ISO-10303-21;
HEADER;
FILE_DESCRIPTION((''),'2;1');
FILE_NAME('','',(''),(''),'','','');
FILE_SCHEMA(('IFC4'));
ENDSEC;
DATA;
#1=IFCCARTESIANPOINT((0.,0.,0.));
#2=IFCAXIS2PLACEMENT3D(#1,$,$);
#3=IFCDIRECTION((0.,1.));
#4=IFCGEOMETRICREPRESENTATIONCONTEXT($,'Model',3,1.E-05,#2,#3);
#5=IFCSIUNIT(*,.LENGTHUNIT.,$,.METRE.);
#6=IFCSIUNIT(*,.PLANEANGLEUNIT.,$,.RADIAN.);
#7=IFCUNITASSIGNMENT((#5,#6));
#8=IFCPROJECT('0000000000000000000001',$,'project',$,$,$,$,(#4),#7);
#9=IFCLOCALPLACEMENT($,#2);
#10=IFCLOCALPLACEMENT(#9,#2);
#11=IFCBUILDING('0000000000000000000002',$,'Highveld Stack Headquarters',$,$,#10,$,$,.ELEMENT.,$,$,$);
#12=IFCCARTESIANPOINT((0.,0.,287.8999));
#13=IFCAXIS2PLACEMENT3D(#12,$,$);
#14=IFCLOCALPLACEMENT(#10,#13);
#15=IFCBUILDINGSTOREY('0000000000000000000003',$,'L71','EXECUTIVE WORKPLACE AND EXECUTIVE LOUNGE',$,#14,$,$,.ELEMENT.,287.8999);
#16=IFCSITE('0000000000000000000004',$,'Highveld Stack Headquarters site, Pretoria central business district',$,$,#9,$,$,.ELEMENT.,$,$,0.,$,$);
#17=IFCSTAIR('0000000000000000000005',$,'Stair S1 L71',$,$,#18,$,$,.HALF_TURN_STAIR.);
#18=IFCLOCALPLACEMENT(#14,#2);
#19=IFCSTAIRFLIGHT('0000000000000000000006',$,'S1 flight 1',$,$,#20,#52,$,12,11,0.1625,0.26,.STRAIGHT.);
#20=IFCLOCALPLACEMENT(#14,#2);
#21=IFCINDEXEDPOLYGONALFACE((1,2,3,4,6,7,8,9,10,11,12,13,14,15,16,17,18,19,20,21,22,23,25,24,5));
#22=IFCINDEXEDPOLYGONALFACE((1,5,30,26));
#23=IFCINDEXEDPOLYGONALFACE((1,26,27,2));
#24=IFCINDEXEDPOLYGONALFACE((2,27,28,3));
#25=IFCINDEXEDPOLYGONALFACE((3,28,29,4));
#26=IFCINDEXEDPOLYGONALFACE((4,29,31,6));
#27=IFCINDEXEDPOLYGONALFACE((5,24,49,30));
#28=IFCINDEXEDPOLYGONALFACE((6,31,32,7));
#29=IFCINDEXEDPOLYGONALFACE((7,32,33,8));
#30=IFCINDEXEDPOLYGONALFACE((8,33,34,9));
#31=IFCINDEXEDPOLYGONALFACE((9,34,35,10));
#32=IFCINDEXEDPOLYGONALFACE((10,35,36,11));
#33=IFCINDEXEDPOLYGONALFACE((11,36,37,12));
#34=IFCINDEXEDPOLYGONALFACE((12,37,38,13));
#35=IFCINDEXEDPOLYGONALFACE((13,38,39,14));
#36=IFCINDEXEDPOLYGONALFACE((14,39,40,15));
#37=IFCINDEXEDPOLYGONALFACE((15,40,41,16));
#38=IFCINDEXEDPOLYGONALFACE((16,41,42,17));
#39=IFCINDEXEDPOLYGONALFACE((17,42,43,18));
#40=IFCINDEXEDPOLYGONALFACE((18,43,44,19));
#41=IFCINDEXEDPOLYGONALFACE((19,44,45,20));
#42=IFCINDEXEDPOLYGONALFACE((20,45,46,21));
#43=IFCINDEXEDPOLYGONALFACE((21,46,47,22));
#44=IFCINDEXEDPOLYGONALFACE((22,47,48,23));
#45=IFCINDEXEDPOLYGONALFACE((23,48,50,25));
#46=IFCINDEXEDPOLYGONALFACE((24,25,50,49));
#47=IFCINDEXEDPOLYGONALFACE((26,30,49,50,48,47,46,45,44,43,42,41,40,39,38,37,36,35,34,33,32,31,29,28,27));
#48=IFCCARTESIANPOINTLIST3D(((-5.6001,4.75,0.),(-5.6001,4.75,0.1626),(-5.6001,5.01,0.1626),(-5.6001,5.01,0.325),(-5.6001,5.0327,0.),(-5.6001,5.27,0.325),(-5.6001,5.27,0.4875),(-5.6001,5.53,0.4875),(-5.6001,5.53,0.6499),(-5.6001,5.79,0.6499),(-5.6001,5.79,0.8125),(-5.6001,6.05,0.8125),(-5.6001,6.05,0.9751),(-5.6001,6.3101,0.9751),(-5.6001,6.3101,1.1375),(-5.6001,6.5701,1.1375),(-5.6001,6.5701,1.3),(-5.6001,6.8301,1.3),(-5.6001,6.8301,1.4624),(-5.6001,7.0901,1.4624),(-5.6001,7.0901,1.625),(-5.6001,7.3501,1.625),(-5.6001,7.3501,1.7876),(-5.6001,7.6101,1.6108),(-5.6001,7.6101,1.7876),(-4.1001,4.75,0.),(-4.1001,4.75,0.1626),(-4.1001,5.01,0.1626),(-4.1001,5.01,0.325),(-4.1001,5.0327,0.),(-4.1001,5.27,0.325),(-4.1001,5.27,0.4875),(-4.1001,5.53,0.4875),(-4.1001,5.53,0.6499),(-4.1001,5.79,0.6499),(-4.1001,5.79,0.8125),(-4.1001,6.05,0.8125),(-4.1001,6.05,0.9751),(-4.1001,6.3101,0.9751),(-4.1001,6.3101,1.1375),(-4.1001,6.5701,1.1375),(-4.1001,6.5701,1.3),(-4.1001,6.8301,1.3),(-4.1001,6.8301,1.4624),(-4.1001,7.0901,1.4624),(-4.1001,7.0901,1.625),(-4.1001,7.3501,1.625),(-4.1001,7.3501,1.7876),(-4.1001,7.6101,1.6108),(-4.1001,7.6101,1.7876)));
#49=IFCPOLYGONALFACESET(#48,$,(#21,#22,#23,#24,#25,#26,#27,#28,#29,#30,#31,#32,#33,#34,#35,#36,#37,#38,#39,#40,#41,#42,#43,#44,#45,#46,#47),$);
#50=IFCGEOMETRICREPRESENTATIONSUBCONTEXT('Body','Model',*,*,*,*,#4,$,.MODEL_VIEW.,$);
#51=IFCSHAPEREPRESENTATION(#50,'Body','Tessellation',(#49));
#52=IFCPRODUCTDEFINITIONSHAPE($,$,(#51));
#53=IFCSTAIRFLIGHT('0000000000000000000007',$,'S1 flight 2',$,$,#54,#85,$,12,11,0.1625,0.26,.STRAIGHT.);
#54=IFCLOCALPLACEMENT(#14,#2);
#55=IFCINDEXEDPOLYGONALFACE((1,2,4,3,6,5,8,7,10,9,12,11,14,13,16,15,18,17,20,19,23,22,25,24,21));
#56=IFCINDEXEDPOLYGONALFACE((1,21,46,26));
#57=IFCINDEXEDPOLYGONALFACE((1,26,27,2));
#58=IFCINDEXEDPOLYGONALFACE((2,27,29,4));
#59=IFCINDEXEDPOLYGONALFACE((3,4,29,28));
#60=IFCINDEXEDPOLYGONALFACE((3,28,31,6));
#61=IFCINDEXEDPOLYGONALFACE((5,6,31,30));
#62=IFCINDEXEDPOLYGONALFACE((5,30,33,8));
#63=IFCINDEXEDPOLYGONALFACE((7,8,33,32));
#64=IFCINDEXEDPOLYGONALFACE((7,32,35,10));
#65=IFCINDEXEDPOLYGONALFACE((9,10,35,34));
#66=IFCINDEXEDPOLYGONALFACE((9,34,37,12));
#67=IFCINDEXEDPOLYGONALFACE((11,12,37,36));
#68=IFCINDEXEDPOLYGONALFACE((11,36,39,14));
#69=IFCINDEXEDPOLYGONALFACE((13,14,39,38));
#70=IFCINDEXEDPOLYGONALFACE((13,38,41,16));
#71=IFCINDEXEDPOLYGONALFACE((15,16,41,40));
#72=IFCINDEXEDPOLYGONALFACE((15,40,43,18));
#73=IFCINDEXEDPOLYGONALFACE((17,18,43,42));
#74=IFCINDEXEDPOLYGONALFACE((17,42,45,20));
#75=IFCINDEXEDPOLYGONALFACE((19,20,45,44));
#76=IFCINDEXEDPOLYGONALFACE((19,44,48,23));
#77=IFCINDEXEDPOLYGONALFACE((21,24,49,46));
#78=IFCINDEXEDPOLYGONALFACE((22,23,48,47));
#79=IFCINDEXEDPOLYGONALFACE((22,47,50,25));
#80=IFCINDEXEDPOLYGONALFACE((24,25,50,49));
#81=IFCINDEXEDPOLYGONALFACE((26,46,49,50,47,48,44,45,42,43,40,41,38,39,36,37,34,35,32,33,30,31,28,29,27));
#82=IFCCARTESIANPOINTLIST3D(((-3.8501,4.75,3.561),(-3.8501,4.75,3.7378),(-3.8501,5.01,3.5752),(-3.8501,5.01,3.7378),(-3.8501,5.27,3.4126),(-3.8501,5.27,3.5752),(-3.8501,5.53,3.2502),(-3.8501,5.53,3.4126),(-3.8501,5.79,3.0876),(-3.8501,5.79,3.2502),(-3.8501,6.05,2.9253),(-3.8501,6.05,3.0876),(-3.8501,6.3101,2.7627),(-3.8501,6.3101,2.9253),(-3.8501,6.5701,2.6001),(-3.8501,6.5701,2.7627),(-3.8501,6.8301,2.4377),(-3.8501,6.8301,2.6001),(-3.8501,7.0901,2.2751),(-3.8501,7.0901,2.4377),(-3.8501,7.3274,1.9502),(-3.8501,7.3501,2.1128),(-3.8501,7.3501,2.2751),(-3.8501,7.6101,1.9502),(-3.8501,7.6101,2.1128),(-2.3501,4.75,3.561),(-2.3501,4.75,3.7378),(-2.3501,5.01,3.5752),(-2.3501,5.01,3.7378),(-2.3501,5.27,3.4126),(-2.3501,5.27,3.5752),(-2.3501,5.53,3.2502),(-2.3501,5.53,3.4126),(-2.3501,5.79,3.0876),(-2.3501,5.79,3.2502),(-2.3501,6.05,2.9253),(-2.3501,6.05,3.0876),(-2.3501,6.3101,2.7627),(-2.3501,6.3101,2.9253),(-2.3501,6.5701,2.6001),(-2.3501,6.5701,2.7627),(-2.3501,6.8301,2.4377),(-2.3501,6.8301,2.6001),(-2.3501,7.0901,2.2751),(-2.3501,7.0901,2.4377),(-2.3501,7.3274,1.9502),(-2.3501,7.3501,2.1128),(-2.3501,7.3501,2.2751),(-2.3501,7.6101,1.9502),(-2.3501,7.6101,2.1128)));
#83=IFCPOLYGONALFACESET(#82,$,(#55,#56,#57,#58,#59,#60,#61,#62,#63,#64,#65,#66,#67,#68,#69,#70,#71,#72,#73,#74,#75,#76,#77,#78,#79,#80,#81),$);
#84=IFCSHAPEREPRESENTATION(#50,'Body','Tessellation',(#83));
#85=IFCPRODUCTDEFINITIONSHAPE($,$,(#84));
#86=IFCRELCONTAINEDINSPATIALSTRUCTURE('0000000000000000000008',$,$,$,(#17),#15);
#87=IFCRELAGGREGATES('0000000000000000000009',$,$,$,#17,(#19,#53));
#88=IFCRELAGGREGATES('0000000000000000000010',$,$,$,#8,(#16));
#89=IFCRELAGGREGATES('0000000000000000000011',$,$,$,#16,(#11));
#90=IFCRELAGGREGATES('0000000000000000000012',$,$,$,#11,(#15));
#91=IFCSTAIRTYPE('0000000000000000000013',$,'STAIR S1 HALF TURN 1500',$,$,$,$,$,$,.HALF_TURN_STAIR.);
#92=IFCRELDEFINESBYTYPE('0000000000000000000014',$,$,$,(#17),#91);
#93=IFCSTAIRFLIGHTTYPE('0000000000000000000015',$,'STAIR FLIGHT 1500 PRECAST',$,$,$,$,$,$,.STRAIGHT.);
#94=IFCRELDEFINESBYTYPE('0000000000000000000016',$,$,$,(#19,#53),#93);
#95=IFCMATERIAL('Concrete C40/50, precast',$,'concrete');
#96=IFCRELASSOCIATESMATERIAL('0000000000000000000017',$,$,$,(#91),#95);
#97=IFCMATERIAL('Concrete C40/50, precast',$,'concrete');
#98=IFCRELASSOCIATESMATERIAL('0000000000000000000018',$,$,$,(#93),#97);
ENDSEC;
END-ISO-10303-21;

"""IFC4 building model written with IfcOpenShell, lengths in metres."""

from ifc_helpers import new_model, si_unit, direction, frame, origin, place, context, subcontext, project, spatial, polyline, outline, extrude, material, type_object, element, aggregate, save


model = new_model("IFC4")

# Units and contexts
model_context = context("Model", 3, precision=1e-05, world=origin(), true_north=direction((0.0, 1.0)))
body_context = subcontext(model_context, "Body", "Model", "MODEL_VIEW")
ifc_project = project(units=[si_unit("LENGTHUNIT", "METRE"), si_unit("PLANEANGLEUNIT", "RADIAN")], contexts=[model_context])

# Site, building, storey
site_placement = place(None, origin())
site = spatial("IfcSite", under=ifc_project, at=site_placement, Name="Highveld Stack Headquarters site, Pretoria central business district", CompositionType="ELEMENT", RefElevation=0.0)
building_placement = place(site_placement, origin())
building = spatial("IfcBuilding", under=site, at=building_placement, Name="Highveld Stack Headquarters", CompositionType="ELEMENT")
storey_placement = place(building_placement, frame((0.0, 0.0, 287.8999)))
storey = spatial("IfcBuildingStorey", under=building, at=storey_placement, Name="L71", Description="EXECUTIVE WORKPLACE AND EXECUTIVE LOUNGE", CompositionType="ELEMENT", Elevation=287.8999)

# Stair, stair flights
ifc_material_1 = material(Name="Concrete C40/50, precast", Category="concrete")
stair_type = type_object("IfcStairType", Name="STAIR S1 HALF TURN 1500", PredefinedType="HALF_TURN_STAIR", material=ifc_material_1)
stair_placement = place(storey_placement, origin())
stair = element("IfcStair", 1, at=stair_placement, inside=storey, type_object=stair_type, Name="Stair S1 L71", PredefinedType="HALF_TURN_STAIR")
ifc_material_2 = material(Name="Concrete C40/50, precast", Category="concrete")
stair_flight_type = type_object("IfcStairFlightType", Name="STAIR FLIGHT 1500 PRECAST", PredefinedType="STRAIGHT", material=ifc_material_2)
stair_flight_1_placement = place(storey_placement, frame((-4.8501, 4.75, 0.0), z_axis=(0.0, 0.0, 1.0), x_axis=(0.0, 1.0, 0.0)))
stair_flight_1 = element("IfcStairFlight", 2, at=stair_flight_1_placement, type_object=stair_flight_type, Name="S1 flight 1", NumberOfRisers=12, NumberOfTreads=11, PredefinedType="STRAIGHT", RiserHeight=0.1625, TreadLength=0.26, context=body_context, shape_type="SweptSolid", body=[
    extrude(outline(polyline([(0.0, 0.0), (0.0, 0.1626), (0.26, 0.1626), (0.26, 0.325), (0.52, 0.325), (0.52, 0.4875), (0.78, 0.4875), (0.78, 0.6499), (1.04, 0.6499), (1.04, 0.8125), (1.3, 0.8125), (1.3, 0.9751), (1.5601, 0.9751), (1.5601, 1.1375), (1.8201, 1.1375), (1.8201, 1.3), (2.0801, 1.3), (2.0801, 1.4624), (2.3401, 1.4624), (2.3401, 1.625), (2.6001, 1.625), (2.6001, 1.7876), (2.8601, 1.7876), (2.8601, 1.95), (2.8601, 1.6108), (0.2827, 0.0), (0.0, 0.0)])), frame((0.0, 0.75, 0.0), z_axis=(0.0, -1.0, 0.0), x_axis=(1.0, 0.0, 0.0)), (0.0, 0.0, 1.0), 1.5),
])
stair_flight_2_placement = place(storey_placement, frame((-3.1001, 7.6101, 1.9502), z_axis=(0.0, 0.0, 1.0), x_axis=(0.0, -1.0, 0.0)))
stair_flight_2 = element("IfcStairFlight", 3, at=stair_flight_2_placement, type_object=stair_flight_type, Name="S1 flight 2", NumberOfRisers=12, NumberOfTreads=11, PredefinedType="STRAIGHT", RiserHeight=0.1625, TreadLength=0.26, context=body_context, shape_type="SweptSolid", body=[
    extrude(outline(polyline([(0.0, 0.0), (0.0, 0.1626), (0.26, 0.1626), (0.26, 0.325), (0.52, 0.325), (0.52, 0.4875), (0.78, 0.4875), (0.78, 0.6499), (1.04, 0.6499), (1.04, 0.8125), (1.3, 0.8125), (1.3, 0.9751), (1.5601, 0.9751), (1.5601, 1.1375), (1.8201, 1.1375), (1.8201, 1.3), (2.0801, 1.3), (2.0801, 1.4624), (2.3401, 1.4624), (2.3401, 1.625), (2.6001, 1.625), (2.6001, 1.7876), (2.8601, 1.7876), (2.8601, 1.95), (2.8601, 1.6108), (0.2827, 0.0), (0.0, 0.0)])), frame((0.0, 0.75, 0.0), z_axis=(0.0, -1.0, 0.0), x_axis=(1.0, 0.0, 0.0)), (0.0, 0.0, 1.0), 1.5),
])
aggregate(stair, [stair_flight_1, stair_flight_2])

save(model, "model.ifc")
